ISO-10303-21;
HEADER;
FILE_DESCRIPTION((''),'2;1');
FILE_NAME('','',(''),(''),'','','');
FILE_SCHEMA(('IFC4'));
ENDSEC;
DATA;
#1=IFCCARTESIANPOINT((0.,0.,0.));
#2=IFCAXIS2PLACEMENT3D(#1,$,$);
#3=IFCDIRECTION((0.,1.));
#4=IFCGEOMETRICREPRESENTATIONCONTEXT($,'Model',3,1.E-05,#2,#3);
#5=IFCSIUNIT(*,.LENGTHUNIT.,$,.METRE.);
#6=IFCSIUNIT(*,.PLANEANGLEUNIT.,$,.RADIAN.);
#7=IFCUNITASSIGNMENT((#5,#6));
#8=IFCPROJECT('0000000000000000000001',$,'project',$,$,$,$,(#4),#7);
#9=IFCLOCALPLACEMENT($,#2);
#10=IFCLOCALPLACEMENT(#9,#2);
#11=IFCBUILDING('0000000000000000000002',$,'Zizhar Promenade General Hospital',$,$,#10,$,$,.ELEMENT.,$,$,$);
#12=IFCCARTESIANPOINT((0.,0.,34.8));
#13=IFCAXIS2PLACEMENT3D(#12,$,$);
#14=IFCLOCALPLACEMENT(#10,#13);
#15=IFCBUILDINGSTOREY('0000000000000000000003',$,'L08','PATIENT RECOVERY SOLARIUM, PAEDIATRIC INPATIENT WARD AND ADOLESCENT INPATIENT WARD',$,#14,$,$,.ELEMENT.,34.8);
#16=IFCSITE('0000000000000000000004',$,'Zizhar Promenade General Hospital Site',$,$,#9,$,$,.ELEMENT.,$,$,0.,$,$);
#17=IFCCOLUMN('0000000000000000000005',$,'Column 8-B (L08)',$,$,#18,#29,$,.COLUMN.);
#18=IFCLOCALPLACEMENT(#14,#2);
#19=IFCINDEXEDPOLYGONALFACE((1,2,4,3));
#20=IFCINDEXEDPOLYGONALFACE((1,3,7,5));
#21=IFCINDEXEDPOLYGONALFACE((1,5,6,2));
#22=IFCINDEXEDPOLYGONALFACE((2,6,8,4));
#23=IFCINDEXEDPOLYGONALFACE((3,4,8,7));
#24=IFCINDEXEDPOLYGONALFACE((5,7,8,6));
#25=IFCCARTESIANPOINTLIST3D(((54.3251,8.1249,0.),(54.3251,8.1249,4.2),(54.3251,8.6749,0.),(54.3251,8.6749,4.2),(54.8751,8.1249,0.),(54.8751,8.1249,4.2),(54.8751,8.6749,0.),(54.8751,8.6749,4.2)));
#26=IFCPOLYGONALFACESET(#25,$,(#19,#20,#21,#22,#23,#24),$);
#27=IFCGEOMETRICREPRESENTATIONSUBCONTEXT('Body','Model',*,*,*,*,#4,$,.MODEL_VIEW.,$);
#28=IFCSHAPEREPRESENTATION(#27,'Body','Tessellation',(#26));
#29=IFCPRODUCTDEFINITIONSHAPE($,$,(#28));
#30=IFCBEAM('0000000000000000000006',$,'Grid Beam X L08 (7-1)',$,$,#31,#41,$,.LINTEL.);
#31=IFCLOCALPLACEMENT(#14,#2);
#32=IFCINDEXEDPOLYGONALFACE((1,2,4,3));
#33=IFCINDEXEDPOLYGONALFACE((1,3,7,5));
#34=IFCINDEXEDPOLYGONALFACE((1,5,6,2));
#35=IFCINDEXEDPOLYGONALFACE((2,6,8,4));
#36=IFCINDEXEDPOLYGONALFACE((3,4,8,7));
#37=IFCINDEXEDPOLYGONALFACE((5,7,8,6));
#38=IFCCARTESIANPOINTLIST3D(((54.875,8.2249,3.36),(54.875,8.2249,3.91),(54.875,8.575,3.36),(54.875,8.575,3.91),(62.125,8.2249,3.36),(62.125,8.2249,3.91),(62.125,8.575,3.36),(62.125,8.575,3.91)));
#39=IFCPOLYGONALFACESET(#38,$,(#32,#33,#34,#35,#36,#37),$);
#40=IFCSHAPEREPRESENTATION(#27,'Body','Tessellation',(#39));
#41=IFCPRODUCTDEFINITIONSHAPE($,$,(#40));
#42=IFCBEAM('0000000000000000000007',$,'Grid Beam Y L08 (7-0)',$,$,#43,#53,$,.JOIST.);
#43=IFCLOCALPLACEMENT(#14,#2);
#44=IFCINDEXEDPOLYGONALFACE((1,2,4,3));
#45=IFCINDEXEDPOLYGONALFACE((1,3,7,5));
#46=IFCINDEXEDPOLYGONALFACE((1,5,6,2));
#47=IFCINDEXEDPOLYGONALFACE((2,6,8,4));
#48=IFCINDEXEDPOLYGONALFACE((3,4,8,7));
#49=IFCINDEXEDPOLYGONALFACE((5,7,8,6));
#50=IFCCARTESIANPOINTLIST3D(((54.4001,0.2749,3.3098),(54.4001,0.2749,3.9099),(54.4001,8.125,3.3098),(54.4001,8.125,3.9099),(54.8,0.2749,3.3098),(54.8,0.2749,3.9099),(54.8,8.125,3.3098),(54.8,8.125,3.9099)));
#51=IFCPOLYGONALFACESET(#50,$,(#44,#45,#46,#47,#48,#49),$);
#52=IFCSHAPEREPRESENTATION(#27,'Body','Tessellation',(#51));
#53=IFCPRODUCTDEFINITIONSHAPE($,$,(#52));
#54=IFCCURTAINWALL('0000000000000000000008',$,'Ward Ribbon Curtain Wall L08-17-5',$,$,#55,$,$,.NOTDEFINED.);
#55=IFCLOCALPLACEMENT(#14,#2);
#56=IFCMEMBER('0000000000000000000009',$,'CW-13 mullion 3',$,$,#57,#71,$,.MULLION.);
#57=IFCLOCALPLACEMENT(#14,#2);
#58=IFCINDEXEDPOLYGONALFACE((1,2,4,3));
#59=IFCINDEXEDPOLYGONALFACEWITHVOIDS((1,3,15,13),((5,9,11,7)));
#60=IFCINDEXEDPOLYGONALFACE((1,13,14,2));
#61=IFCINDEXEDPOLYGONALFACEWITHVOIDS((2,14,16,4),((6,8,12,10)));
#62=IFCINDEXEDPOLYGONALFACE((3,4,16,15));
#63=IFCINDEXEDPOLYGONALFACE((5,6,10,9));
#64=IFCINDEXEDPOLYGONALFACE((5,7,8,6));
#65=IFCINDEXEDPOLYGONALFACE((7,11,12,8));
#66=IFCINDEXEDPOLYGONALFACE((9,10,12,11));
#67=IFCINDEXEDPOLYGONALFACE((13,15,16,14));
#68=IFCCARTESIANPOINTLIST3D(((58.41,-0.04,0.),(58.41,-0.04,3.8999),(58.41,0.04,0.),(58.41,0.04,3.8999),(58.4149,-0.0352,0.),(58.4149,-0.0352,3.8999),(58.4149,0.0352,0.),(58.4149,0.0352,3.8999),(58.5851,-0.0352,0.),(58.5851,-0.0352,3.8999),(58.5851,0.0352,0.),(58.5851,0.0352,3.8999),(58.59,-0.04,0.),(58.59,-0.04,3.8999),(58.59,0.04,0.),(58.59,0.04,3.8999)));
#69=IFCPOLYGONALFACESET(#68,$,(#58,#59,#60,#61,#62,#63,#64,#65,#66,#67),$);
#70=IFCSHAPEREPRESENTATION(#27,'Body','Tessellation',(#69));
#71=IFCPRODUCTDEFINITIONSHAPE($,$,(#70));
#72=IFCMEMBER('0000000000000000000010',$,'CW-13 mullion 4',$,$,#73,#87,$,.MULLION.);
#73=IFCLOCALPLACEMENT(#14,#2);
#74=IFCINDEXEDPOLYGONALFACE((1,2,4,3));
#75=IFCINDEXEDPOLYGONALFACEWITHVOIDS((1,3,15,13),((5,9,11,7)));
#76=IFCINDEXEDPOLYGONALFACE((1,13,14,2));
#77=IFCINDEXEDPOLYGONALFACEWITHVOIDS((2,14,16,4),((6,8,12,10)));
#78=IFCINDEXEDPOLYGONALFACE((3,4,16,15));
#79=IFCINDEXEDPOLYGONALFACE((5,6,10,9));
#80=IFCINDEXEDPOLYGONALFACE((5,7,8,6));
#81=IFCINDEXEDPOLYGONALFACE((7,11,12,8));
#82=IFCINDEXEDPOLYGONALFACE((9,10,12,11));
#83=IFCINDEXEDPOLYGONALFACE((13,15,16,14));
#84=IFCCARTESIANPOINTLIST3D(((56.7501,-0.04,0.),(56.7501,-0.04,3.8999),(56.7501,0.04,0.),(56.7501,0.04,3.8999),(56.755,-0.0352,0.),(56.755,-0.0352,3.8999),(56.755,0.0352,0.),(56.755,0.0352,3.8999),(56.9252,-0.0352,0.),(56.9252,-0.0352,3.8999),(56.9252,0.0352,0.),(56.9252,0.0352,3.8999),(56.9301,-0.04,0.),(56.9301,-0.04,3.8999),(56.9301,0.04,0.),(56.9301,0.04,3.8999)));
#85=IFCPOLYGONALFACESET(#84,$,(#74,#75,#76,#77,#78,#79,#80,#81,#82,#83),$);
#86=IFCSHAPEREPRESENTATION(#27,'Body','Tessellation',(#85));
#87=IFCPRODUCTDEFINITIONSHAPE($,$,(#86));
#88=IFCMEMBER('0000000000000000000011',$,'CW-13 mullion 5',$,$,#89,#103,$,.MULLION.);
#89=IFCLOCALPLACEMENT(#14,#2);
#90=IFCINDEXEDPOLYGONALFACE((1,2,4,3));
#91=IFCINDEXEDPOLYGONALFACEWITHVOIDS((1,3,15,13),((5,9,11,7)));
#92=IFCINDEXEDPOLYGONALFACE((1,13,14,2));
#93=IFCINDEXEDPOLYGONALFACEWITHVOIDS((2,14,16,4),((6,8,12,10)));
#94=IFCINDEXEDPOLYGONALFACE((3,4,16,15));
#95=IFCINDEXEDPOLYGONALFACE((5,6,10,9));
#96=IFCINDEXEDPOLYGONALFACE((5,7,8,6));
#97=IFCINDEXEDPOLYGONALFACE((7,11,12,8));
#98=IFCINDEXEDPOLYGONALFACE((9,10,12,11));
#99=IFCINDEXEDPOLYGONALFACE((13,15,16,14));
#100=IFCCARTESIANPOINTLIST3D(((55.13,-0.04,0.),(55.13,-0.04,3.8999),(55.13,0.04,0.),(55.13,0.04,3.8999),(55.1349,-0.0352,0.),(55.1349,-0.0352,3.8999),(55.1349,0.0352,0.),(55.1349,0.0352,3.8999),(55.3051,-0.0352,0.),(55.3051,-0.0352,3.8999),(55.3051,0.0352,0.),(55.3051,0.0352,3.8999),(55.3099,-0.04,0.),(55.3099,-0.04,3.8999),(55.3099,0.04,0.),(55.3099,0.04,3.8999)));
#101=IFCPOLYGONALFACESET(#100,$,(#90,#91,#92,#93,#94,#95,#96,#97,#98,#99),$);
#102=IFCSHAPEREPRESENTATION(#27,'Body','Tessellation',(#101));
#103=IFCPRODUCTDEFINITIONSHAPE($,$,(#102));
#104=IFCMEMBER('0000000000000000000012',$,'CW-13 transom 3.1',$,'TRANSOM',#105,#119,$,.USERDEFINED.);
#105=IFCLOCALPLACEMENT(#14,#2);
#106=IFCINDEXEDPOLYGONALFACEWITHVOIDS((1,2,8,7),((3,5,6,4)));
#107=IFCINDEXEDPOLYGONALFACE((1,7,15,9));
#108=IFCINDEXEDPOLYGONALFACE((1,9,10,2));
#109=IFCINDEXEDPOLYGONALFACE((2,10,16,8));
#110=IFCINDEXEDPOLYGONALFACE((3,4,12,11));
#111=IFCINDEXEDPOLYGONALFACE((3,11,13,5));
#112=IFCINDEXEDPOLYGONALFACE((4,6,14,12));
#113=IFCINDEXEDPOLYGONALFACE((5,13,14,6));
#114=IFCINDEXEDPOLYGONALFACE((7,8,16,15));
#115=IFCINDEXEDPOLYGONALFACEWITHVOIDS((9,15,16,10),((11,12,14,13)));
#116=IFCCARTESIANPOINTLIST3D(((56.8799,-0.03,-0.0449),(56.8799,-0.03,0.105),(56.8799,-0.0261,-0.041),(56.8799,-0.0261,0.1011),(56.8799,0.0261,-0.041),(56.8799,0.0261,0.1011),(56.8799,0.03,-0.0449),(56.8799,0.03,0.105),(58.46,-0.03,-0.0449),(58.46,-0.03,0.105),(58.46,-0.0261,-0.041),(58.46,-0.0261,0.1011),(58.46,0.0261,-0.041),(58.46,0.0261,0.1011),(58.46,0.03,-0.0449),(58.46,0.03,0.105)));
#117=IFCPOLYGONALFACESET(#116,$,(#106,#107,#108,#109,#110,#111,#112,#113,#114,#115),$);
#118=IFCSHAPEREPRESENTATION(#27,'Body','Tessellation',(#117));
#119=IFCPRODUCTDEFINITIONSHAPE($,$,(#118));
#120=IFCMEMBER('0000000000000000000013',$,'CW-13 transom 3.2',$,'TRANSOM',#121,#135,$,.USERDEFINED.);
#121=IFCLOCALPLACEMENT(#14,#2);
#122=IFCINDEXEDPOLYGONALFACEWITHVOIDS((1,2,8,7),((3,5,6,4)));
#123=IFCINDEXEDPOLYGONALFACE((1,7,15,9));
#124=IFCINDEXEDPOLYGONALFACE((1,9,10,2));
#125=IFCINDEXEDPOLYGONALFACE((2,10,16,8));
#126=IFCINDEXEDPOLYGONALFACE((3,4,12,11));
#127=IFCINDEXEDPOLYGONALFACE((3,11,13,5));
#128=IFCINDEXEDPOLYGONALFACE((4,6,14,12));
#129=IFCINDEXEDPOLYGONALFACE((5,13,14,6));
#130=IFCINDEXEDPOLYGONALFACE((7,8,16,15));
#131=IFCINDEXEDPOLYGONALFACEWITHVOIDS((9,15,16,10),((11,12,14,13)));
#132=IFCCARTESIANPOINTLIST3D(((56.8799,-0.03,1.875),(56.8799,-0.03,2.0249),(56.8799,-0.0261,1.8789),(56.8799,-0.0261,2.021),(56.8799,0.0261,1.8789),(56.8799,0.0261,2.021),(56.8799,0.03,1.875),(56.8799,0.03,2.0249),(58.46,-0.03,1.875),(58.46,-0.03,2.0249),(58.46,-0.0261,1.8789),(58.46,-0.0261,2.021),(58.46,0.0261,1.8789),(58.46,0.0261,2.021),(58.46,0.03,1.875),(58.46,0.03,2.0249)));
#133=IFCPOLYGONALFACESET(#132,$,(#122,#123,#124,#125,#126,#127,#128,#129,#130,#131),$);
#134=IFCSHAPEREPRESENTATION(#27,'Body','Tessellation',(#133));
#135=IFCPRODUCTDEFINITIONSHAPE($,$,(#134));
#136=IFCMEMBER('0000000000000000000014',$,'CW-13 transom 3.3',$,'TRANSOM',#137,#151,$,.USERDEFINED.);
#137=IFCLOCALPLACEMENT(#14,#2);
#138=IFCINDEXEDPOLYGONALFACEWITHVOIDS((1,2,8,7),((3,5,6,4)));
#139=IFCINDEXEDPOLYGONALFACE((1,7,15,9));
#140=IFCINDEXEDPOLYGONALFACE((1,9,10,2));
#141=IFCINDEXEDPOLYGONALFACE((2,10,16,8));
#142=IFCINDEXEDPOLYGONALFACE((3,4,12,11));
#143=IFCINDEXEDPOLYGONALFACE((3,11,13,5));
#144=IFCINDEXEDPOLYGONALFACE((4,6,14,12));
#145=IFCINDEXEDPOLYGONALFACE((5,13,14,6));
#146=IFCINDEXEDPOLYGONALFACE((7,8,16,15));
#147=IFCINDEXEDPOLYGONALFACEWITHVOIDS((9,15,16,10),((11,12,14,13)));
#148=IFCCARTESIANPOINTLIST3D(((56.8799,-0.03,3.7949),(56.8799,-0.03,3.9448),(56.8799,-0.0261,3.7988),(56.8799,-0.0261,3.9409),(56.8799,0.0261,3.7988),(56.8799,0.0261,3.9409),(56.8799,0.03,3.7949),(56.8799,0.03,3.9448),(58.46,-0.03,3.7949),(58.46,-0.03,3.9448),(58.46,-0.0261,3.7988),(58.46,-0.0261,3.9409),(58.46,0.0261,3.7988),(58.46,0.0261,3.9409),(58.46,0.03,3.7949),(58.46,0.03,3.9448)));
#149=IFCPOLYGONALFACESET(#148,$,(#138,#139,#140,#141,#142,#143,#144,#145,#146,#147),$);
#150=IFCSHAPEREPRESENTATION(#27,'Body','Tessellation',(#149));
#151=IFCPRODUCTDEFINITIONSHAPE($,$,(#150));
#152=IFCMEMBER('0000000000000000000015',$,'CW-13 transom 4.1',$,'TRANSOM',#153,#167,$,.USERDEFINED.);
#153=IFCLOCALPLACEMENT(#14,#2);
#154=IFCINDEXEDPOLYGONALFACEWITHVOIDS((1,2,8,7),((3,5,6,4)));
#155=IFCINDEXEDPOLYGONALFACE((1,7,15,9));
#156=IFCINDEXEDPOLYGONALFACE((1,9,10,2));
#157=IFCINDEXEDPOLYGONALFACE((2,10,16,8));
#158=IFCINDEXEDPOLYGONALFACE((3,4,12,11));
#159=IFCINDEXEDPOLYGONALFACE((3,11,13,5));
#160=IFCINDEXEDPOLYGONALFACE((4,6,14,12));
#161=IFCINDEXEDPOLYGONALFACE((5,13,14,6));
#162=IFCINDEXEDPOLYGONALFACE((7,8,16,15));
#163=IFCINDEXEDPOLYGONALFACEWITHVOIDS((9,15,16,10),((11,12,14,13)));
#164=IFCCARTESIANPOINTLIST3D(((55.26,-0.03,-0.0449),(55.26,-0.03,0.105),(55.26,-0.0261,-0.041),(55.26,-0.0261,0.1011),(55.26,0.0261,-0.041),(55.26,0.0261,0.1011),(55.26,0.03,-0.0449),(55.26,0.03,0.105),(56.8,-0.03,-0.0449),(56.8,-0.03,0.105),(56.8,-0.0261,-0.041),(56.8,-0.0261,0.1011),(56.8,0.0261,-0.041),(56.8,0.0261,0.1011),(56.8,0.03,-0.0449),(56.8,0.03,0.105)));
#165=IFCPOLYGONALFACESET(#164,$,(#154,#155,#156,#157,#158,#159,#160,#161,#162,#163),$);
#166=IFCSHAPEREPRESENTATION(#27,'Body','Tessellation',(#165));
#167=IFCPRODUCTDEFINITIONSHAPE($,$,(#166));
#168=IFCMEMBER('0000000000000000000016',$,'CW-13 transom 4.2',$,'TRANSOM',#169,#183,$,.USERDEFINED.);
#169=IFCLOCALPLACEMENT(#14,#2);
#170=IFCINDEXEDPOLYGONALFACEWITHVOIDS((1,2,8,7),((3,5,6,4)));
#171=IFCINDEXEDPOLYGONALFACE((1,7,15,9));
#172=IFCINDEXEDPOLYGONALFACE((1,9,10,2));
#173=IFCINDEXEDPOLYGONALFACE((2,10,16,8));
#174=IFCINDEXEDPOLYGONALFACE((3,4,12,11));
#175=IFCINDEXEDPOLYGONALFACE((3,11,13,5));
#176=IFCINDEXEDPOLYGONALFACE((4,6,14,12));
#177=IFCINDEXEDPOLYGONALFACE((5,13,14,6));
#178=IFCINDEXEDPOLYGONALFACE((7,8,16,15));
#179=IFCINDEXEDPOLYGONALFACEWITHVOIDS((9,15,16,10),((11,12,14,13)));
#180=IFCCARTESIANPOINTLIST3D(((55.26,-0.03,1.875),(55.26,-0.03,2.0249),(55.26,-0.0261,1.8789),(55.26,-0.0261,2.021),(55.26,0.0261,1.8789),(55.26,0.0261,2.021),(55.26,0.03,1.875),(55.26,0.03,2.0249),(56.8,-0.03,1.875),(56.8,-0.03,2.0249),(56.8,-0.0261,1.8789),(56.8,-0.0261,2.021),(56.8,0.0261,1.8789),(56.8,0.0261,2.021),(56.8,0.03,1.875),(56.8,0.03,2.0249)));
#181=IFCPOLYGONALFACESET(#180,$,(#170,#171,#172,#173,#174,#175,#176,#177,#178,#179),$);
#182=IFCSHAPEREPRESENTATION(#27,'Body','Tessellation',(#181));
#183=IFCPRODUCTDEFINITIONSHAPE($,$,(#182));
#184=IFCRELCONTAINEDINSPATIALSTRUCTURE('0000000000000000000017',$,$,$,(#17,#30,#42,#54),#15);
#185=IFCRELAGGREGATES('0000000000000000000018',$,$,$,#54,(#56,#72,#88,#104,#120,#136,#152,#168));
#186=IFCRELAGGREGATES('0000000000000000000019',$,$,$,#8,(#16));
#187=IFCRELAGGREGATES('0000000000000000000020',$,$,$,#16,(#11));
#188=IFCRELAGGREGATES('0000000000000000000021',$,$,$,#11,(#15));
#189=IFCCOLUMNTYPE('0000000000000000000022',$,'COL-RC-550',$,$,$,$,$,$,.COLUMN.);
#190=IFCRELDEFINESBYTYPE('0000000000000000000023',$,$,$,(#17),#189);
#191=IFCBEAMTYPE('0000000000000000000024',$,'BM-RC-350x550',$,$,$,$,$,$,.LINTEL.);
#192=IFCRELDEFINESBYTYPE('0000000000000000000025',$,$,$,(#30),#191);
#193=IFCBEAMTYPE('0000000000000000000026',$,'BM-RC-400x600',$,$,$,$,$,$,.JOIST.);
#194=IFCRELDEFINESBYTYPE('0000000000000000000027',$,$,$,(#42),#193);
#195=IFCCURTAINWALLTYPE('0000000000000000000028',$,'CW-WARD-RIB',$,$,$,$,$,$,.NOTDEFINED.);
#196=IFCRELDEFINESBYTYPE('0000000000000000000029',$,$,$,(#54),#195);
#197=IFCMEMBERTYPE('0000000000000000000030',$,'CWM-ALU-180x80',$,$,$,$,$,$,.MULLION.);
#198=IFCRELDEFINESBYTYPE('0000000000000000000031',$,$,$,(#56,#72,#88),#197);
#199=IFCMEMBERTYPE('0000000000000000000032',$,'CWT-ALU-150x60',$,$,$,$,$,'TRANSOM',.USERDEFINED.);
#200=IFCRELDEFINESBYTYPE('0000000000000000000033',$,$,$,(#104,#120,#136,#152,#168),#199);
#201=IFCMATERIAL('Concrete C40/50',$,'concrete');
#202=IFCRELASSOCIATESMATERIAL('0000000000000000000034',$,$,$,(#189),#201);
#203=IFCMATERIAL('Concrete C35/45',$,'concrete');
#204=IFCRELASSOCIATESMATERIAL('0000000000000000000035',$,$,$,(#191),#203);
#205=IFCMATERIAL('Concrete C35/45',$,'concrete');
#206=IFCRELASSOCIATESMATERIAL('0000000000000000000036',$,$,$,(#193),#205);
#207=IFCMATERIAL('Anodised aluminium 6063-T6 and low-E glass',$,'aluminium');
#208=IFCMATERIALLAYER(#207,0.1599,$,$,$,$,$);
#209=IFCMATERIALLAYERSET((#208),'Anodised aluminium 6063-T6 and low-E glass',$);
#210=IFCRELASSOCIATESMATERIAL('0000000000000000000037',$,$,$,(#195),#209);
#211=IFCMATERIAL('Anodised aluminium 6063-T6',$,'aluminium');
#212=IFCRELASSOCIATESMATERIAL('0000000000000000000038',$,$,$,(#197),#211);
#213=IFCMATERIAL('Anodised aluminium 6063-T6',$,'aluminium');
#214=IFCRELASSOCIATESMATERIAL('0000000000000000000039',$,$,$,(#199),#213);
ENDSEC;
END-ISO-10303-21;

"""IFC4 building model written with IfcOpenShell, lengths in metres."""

from ifc_helpers import new_model, si_unit, direction, frame, origin, origin_2d, place, context, subcontext, project, spatial, rectangle, hollow_rectangle, extrude, material, layer, layer_set, material_profile, profile_set, type_object, element, aggregate, save


model = new_model("IFC4")

# Units and contexts
model_context = context("Model", 3, precision=1e-05, world=origin(), true_north=direction((0.0, 1.0)))
body_context = subcontext(model_context, "Body", "Model", "MODEL_VIEW")
ifc_project = project(units=[si_unit("LENGTHUNIT", "METRE"), si_unit("PLANEANGLEUNIT", "RADIAN")], contexts=[model_context])

# Site, building, storey
site_placement = place(None, origin())
site = spatial("IfcSite", under=ifc_project, at=site_placement, Name="Zizhar Promenade General Hospital Site", CompositionType="ELEMENT", RefElevation=0.0)
building_placement = place(site_placement, origin())
building = spatial("IfcBuilding", under=site, at=building_placement, Name="Zizhar Promenade General Hospital", CompositionType="ELEMENT")
storey_placement = place(building_placement, frame((0.0, 0.0, 34.8)))
storey = spatial("IfcBuildingStorey", under=building, at=storey_placement, Name="L08", Description="PATIENT RECOVERY SOLARIUM, PAEDIATRIC INPATIENT WARD AND ADOLESCENT INPATIENT WARD", CompositionType="ELEMENT", Elevation=34.8)

# Column
ifc_material_1 = material(Name="Concrete C40/50", Category="concrete")
ifc_material_profile_1 = material_profile(ifc_material_1, rectangle(XDim=0.55, YDim=0.55, at=origin_2d()))
ifc_profile_set_1 = profile_set([ifc_material_profile_1], Name="Concrete C40/50")
column_type = type_object("IfcColumnType", Name="COL-RC-550", PredefinedType="COLUMN", material=ifc_profile_set_1)
column_placement = place(storey_placement, frame((54.6001, 8.3999, 0.0), z_axis=(0.0, 0.0, 1.0), x_axis=(1.0, 0.0, 0.0)))
element("IfcColumn", 1, at=column_placement, inside=storey, type_object=column_type, Name="Column 8-B (L08)", PredefinedType="COLUMN", context=body_context, shape_type="SweptSolid", body=[
    extrude(rectangle(XDim=0.55, YDim=0.55, at=origin_2d()), origin(), (0.0, 0.0, 1.0), 4.2),
])

# Beams
ifc_material_2 = material(Name="Concrete C35/45", Category="concrete")
ifc_material_profile_2 = material_profile(ifc_material_2, rectangle(XDim=0.3501, YDim=0.55, at=origin_2d()))
ifc_profile_set_2 = profile_set([ifc_material_profile_2], Name="Concrete C35/45")
beam_type_1 = type_object("IfcBeamType", Name="BM-RC-350x550", PredefinedType="LINTEL", material=ifc_profile_set_2)
beam_1_placement = place(storey_placement, frame((54.875, 8.3999, 3.635), z_axis=(1.0, 0.0, 0.0), x_axis=(0.0, 1.0, 0.0)))
element("IfcBeam", 2, at=beam_1_placement, inside=storey, type_object=beam_type_1, Name="Grid Beam X L08 (7-1)", PredefinedType="LINTEL", context=body_context, shape_type="SweptSolid", body=[
    extrude(rectangle(XDim=0.3501, YDim=0.55, at=origin_2d()), origin(), (0.0, 0.0, 1.0), 7.25),
])
ifc_material_3 = material(Name="Concrete C35/45", Category="concrete")
ifc_material_profile_3 = material_profile(ifc_material_3, rectangle(XDim=0.3999, YDim=0.6001, at=origin_2d()))
ifc_profile_set_3 = profile_set([ifc_material_profile_3], Name="Concrete C35/45")
beam_type_2 = type_object("IfcBeamType", Name="BM-RC-400x600", PredefinedType="JOIST", material=ifc_profile_set_3)
beam_2_placement = place(storey_placement, frame((54.6001, 0.2749, 3.6099), z_axis=(0.0, 1.0, 0.0), x_axis=(-1.0, 0.0, 0.0)))
element("IfcBeam", 3, at=beam_2_placement, inside=storey, type_object=beam_type_2, Name="Grid Beam Y L08 (7-0)", PredefinedType="JOIST", context=body_context, shape_type="SweptSolid", body=[
    extrude(rectangle(XDim=0.3999, YDim=0.6001, at=origin_2d()), origin(), (0.0, 0.0, 1.0), 7.8501),
])

# Curtain wall, members
ifc_material_4 = material(Name="Anodised aluminium 6063-T6 and low-E glass", Category="aluminium")
ifc_layer_1 = layer(ifc_material_4, 0.1599)
ifc_layer_set_1 = layer_set([ifc_layer_1], Name="Anodised aluminium 6063-T6 and low-E glass")
curtain_wall_type = type_object("IfcCurtainWallType", Name="CW-WARD-RIB", PredefinedType="NOTDEFINED", material=ifc_layer_set_1)
curtain_wall_placement = place(storey_placement, origin())
curtain_wall = element("IfcCurtainWall", 4, at=curtain_wall_placement, inside=storey, type_object=curtain_wall_type, Name="Ward Ribbon Curtain Wall L08-17-5", PredefinedType="NOTDEFINED")
ifc_material_5 = material(Name="Anodised aluminium 6063-T6", Category="aluminium")
ifc_material_profile_4 = material_profile(ifc_material_5, hollow_rectangle(XDim=0.0801, YDim=0.1799, WallThickness=0.0049, at=origin_2d()))
ifc_profile_set_4 = profile_set([ifc_material_profile_4], Name="Anodised aluminium 6063-T6")
member_type_1 = type_object("IfcMemberType", Name="CWM-ALU-180x80", PredefinedType="MULLION", material=ifc_profile_set_4)
member_1_placement = place(storey_placement, frame((58.5, 0.0, 0.0), z_axis=(0.0, 0.0, 1.0), x_axis=(0.0, -1.0, 0.0)))
member_1 = element("IfcMember", 5, at=member_1_placement, type_object=member_type_1, Name="CW-13 mullion 3", PredefinedType="MULLION", context=body_context, shape_type="SweptSolid", body=[
    extrude(hollow_rectangle(XDim=0.0801, YDim=0.1799, WallThickness=0.0049, at=origin_2d()), origin(), (0.0, 0.0, 1.0), 3.8999),
])
member_2_placement = place(storey_placement, frame((56.8401, 0.0, 0.0), z_axis=(0.0, 0.0, 1.0), x_axis=(0.0, -1.0, 0.0)))
member_2 = element("IfcMember", 6, at=member_2_placement, type_object=member_type_1, Name="CW-13 mullion 4", PredefinedType="MULLION", context=body_context, shape_type="SweptSolid", body=[
    extrude(hollow_rectangle(XDim=0.0801, YDim=0.1799, WallThickness=0.0049, at=origin_2d()), origin(), (0.0, 0.0, 1.0), 3.8999),
])
member_3_placement = place(storey_placement, frame((55.22, 0.0, 0.0), z_axis=(0.0, 0.0, 1.0), x_axis=(0.0, -1.0, 0.0)))
member_3 = element("IfcMember", 7, at=member_3_placement, type_object=member_type_1, Name="CW-13 mullion 5", PredefinedType="MULLION", context=body_context, shape_type="SweptSolid", body=[
    extrude(hollow_rectangle(XDim=0.0801, YDim=0.1799, WallThickness=0.0049, at=origin_2d()), origin(), (0.0, 0.0, 1.0), 3.8999),
])
ifc_material_6 = material(Name="Anodised aluminium 6063-T6", Category="aluminium")
ifc_material_profile_5 = material_profile(ifc_material_6, hollow_rectangle(XDim=0.0601, YDim=0.1499, WallThickness=0.0039, at=origin_2d()))
ifc_profile_set_5 = profile_set([ifc_material_profile_5], Name="Anodised aluminium 6063-T6")
member_type_2 = type_object("IfcMemberType", Name="CWT-ALU-150x60", ElementType="TRANSOM", PredefinedType="USERDEFINED", material=ifc_profile_set_5)
member_4_placement = place(storey_placement, frame((58.46, 0.0, 0.03), z_axis=(-1.0, 0.0, 0.0), x_axis=(0.0, -1.0, 0.0)))
member_4 = element("IfcMember", 8, at=member_4_placement, type_object=member_type_2, Name="CW-13 transom 3.1", ObjectType="TRANSOM", PredefinedType="USERDEFINED", context=body_context, shape_type="SweptSolid", body=[
    extrude(hollow_rectangle(XDim=0.0601, YDim=0.1499, WallThickness=0.0039, at=origin_2d()), origin(), (0.0, 0.0, 1.0), 1.5801),
])
member_5_placement = place(storey_placement, frame((58.46, 0.0, 1.95), z_axis=(-1.0, 0.0, 0.0), x_axis=(0.0, -1.0, 0.0)))
member_5 = element("IfcMember", 9, at=member_5_placement, type_object=member_type_2, Name="CW-13 transom 3.2", ObjectType="TRANSOM", PredefinedType="USERDEFINED", context=body_context, shape_type="SweptSolid", body=[
    extrude(hollow_rectangle(XDim=0.0601, YDim=0.1499, WallThickness=0.0039, at=origin_2d()), origin(), (0.0, 0.0, 1.0), 1.5801),
])
member_6_placement = place(storey_placement, frame((58.46, 0.0, 3.8699), z_axis=(-1.0, 0.0, 0.0), x_axis=(0.0, -1.0, 0.0)))
member_6 = element("IfcMember", 10, at=member_6_placement, type_object=member_type_2, Name="CW-13 transom 3.3", ObjectType="TRANSOM", PredefinedType="USERDEFINED", context=body_context, shape_type="SweptSolid", body=[
    extrude(hollow_rectangle(XDim=0.0601, YDim=0.1499, WallThickness=0.0039, at=origin_2d()), origin(), (0.0, 0.0, 1.0), 1.5801),
])
member_7_placement = place(storey_placement, frame((56.8, 0.0, 0.03), z_axis=(-1.0, 0.0, 0.0), x_axis=(0.0, -1.0, 0.0)))
member_7 = element("IfcMember", 11, at=member_7_placement, type_object=member_type_2, Name="CW-13 transom 4.1", ObjectType="TRANSOM", PredefinedType="USERDEFINED", context=body_context, shape_type="SweptSolid", body=[
    extrude(hollow_rectangle(XDim=0.0601, YDim=0.1499, WallThickness=0.0039, at=origin_2d()), origin(), (0.0, 0.0, 1.0), 1.54),
])
member_8_placement = place(storey_placement, frame((56.8, 0.0, 1.95), z_axis=(-1.0, 0.0, 0.0), x_axis=(0.0, -1.0, 0.0)))
member_8 = element("IfcMember", 12, at=member_8_placement, type_object=member_type_2, Name="CW-13 transom 4.2", ObjectType="TRANSOM", PredefinedType="USERDEFINED", context=body_context, shape_type="SweptSolid", body=[
    extrude(hollow_rectangle(XDim=0.0601, YDim=0.1499, WallThickness=0.0039, at=origin_2d()), origin(), (0.0, 0.0, 1.0), 1.54),
])
aggregate(curtain_wall, [member_1, member_2, member_3, member_4, member_5, member_6, member_7, member_8])

save(model, "model.ifc")
